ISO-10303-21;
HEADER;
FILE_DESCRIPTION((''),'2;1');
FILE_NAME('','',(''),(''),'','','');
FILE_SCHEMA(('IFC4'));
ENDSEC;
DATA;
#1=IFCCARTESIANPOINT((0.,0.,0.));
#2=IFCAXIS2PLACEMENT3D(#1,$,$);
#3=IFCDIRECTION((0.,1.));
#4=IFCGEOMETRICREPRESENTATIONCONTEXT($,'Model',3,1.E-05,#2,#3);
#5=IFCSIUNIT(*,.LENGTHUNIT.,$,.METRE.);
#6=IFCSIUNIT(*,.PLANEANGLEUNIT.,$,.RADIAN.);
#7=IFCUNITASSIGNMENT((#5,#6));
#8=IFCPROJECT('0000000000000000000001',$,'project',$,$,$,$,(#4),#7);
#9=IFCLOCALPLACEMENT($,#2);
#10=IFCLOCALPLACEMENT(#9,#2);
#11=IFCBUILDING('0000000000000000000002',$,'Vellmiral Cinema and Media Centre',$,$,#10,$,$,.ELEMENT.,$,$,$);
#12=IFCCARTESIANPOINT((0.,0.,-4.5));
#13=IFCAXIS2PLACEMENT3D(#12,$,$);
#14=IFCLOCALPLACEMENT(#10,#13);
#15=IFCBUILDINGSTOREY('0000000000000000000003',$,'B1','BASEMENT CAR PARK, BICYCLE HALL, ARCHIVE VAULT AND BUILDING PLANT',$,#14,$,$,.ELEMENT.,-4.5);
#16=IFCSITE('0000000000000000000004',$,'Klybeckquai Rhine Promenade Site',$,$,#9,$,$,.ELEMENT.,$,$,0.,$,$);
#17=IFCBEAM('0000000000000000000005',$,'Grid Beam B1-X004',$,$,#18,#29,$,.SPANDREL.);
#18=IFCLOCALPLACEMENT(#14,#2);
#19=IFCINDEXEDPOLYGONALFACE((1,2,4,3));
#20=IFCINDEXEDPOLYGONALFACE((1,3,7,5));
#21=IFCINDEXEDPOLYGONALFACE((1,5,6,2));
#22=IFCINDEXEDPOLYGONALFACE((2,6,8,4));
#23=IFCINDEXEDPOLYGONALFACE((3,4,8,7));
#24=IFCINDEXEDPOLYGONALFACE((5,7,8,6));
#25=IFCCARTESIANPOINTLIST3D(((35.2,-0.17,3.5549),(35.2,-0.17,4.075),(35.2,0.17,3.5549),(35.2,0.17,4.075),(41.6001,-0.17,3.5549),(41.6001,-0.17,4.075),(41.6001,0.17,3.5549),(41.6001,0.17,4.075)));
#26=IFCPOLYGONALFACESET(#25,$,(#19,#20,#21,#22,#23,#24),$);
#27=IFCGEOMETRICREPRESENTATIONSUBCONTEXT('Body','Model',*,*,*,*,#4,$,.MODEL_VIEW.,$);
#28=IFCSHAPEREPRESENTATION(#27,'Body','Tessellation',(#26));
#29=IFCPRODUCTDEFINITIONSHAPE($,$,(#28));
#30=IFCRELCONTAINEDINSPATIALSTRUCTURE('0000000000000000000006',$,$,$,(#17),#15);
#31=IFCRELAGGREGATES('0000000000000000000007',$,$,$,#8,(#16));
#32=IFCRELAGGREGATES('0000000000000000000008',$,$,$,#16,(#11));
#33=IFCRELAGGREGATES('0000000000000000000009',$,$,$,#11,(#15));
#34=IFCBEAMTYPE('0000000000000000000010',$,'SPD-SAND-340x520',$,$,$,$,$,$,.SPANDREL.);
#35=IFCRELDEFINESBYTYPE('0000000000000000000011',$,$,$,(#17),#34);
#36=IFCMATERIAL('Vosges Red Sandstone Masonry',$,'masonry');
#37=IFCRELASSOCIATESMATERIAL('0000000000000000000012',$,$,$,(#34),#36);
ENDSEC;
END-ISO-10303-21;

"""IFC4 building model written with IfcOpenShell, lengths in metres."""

from ifc_helpers import new_model, si_unit, direction, frame, origin, origin_2d, place, context, subcontext, project, spatial, rectangle, extrude, material, material_profile, profile_set, type_object, element, save


model = new_model("IFC4")

# Units and contexts
model_context = context("Model", 3, precision=1e-05, world=origin(), true_north=direction((0.0, 1.0)))
body_context = subcontext(model_context, "Body", "Model", "MODEL_VIEW")
ifc_project = project(units=[si_unit("LENGTHUNIT", "METRE"), si_unit("PLANEANGLEUNIT", "RADIAN")], contexts=[model_context])

# Site, building, storey
site_placement = place(None, origin())
site = spatial("IfcSite", under=ifc_project, at=site_placement, Name="Klybeckquai Rhine Promenade Site", CompositionType="ELEMENT", RefElevation=0.0)
building_placement = place(site_placement, origin())
building = spatial("IfcBuilding", under=site, at=building_placement, Name="Vellmiral Cinema and Media Centre", CompositionType="ELEMENT")
storey_placement = place(building_placement, frame((0.0, 0.0, -4.5)))
storey = spatial("IfcBuildingStorey", under=building, at=storey_placement, Name="B1", Description="BASEMENT CAR PARK, BICYCLE HALL, ARCHIVE VAULT AND BUILDING PLANT", CompositionType="ELEMENT", Elevation=-4.5)

# Beam
ifc_material_1 = material(Name="Vosges Red Sandstone Masonry", Category="masonry")
ifc_material_profile_1 = material_profile(ifc_material_1, rectangle(XDim=0.3401, YDim=0.52, at=origin_2d()), Name="SAND 340x520")
ifc_profile_set_1 = profile_set([ifc_material_profile_1], Name="Vosges Red Sandstone Masonry")
beam_type_1 = type_object("IfcBeamType", Name="SPD-SAND-340x520", PredefinedType="SPANDREL", material=ifc_profile_set_1)
beam_1_placement = place(storey_placement, frame((35.2, 0.0, 3.8149), z_axis=(1.0, 0.0, 0.0), x_axis=(0.0, 1.0, 0.0)))
element("IfcBeam", 1, at=beam_1_placement, inside=storey, type_object=beam_type_1, Name="Grid Beam B1-X004", PredefinedType="SPANDREL", context=body_context, shape_type="SweptSolid", body=[
    extrude(rectangle(XDim=0.3401, YDim=0.52, at=origin_2d()), origin(), (0.0, 0.0, 1.0), 6.4001),
])

save(model, "model.ifc")
